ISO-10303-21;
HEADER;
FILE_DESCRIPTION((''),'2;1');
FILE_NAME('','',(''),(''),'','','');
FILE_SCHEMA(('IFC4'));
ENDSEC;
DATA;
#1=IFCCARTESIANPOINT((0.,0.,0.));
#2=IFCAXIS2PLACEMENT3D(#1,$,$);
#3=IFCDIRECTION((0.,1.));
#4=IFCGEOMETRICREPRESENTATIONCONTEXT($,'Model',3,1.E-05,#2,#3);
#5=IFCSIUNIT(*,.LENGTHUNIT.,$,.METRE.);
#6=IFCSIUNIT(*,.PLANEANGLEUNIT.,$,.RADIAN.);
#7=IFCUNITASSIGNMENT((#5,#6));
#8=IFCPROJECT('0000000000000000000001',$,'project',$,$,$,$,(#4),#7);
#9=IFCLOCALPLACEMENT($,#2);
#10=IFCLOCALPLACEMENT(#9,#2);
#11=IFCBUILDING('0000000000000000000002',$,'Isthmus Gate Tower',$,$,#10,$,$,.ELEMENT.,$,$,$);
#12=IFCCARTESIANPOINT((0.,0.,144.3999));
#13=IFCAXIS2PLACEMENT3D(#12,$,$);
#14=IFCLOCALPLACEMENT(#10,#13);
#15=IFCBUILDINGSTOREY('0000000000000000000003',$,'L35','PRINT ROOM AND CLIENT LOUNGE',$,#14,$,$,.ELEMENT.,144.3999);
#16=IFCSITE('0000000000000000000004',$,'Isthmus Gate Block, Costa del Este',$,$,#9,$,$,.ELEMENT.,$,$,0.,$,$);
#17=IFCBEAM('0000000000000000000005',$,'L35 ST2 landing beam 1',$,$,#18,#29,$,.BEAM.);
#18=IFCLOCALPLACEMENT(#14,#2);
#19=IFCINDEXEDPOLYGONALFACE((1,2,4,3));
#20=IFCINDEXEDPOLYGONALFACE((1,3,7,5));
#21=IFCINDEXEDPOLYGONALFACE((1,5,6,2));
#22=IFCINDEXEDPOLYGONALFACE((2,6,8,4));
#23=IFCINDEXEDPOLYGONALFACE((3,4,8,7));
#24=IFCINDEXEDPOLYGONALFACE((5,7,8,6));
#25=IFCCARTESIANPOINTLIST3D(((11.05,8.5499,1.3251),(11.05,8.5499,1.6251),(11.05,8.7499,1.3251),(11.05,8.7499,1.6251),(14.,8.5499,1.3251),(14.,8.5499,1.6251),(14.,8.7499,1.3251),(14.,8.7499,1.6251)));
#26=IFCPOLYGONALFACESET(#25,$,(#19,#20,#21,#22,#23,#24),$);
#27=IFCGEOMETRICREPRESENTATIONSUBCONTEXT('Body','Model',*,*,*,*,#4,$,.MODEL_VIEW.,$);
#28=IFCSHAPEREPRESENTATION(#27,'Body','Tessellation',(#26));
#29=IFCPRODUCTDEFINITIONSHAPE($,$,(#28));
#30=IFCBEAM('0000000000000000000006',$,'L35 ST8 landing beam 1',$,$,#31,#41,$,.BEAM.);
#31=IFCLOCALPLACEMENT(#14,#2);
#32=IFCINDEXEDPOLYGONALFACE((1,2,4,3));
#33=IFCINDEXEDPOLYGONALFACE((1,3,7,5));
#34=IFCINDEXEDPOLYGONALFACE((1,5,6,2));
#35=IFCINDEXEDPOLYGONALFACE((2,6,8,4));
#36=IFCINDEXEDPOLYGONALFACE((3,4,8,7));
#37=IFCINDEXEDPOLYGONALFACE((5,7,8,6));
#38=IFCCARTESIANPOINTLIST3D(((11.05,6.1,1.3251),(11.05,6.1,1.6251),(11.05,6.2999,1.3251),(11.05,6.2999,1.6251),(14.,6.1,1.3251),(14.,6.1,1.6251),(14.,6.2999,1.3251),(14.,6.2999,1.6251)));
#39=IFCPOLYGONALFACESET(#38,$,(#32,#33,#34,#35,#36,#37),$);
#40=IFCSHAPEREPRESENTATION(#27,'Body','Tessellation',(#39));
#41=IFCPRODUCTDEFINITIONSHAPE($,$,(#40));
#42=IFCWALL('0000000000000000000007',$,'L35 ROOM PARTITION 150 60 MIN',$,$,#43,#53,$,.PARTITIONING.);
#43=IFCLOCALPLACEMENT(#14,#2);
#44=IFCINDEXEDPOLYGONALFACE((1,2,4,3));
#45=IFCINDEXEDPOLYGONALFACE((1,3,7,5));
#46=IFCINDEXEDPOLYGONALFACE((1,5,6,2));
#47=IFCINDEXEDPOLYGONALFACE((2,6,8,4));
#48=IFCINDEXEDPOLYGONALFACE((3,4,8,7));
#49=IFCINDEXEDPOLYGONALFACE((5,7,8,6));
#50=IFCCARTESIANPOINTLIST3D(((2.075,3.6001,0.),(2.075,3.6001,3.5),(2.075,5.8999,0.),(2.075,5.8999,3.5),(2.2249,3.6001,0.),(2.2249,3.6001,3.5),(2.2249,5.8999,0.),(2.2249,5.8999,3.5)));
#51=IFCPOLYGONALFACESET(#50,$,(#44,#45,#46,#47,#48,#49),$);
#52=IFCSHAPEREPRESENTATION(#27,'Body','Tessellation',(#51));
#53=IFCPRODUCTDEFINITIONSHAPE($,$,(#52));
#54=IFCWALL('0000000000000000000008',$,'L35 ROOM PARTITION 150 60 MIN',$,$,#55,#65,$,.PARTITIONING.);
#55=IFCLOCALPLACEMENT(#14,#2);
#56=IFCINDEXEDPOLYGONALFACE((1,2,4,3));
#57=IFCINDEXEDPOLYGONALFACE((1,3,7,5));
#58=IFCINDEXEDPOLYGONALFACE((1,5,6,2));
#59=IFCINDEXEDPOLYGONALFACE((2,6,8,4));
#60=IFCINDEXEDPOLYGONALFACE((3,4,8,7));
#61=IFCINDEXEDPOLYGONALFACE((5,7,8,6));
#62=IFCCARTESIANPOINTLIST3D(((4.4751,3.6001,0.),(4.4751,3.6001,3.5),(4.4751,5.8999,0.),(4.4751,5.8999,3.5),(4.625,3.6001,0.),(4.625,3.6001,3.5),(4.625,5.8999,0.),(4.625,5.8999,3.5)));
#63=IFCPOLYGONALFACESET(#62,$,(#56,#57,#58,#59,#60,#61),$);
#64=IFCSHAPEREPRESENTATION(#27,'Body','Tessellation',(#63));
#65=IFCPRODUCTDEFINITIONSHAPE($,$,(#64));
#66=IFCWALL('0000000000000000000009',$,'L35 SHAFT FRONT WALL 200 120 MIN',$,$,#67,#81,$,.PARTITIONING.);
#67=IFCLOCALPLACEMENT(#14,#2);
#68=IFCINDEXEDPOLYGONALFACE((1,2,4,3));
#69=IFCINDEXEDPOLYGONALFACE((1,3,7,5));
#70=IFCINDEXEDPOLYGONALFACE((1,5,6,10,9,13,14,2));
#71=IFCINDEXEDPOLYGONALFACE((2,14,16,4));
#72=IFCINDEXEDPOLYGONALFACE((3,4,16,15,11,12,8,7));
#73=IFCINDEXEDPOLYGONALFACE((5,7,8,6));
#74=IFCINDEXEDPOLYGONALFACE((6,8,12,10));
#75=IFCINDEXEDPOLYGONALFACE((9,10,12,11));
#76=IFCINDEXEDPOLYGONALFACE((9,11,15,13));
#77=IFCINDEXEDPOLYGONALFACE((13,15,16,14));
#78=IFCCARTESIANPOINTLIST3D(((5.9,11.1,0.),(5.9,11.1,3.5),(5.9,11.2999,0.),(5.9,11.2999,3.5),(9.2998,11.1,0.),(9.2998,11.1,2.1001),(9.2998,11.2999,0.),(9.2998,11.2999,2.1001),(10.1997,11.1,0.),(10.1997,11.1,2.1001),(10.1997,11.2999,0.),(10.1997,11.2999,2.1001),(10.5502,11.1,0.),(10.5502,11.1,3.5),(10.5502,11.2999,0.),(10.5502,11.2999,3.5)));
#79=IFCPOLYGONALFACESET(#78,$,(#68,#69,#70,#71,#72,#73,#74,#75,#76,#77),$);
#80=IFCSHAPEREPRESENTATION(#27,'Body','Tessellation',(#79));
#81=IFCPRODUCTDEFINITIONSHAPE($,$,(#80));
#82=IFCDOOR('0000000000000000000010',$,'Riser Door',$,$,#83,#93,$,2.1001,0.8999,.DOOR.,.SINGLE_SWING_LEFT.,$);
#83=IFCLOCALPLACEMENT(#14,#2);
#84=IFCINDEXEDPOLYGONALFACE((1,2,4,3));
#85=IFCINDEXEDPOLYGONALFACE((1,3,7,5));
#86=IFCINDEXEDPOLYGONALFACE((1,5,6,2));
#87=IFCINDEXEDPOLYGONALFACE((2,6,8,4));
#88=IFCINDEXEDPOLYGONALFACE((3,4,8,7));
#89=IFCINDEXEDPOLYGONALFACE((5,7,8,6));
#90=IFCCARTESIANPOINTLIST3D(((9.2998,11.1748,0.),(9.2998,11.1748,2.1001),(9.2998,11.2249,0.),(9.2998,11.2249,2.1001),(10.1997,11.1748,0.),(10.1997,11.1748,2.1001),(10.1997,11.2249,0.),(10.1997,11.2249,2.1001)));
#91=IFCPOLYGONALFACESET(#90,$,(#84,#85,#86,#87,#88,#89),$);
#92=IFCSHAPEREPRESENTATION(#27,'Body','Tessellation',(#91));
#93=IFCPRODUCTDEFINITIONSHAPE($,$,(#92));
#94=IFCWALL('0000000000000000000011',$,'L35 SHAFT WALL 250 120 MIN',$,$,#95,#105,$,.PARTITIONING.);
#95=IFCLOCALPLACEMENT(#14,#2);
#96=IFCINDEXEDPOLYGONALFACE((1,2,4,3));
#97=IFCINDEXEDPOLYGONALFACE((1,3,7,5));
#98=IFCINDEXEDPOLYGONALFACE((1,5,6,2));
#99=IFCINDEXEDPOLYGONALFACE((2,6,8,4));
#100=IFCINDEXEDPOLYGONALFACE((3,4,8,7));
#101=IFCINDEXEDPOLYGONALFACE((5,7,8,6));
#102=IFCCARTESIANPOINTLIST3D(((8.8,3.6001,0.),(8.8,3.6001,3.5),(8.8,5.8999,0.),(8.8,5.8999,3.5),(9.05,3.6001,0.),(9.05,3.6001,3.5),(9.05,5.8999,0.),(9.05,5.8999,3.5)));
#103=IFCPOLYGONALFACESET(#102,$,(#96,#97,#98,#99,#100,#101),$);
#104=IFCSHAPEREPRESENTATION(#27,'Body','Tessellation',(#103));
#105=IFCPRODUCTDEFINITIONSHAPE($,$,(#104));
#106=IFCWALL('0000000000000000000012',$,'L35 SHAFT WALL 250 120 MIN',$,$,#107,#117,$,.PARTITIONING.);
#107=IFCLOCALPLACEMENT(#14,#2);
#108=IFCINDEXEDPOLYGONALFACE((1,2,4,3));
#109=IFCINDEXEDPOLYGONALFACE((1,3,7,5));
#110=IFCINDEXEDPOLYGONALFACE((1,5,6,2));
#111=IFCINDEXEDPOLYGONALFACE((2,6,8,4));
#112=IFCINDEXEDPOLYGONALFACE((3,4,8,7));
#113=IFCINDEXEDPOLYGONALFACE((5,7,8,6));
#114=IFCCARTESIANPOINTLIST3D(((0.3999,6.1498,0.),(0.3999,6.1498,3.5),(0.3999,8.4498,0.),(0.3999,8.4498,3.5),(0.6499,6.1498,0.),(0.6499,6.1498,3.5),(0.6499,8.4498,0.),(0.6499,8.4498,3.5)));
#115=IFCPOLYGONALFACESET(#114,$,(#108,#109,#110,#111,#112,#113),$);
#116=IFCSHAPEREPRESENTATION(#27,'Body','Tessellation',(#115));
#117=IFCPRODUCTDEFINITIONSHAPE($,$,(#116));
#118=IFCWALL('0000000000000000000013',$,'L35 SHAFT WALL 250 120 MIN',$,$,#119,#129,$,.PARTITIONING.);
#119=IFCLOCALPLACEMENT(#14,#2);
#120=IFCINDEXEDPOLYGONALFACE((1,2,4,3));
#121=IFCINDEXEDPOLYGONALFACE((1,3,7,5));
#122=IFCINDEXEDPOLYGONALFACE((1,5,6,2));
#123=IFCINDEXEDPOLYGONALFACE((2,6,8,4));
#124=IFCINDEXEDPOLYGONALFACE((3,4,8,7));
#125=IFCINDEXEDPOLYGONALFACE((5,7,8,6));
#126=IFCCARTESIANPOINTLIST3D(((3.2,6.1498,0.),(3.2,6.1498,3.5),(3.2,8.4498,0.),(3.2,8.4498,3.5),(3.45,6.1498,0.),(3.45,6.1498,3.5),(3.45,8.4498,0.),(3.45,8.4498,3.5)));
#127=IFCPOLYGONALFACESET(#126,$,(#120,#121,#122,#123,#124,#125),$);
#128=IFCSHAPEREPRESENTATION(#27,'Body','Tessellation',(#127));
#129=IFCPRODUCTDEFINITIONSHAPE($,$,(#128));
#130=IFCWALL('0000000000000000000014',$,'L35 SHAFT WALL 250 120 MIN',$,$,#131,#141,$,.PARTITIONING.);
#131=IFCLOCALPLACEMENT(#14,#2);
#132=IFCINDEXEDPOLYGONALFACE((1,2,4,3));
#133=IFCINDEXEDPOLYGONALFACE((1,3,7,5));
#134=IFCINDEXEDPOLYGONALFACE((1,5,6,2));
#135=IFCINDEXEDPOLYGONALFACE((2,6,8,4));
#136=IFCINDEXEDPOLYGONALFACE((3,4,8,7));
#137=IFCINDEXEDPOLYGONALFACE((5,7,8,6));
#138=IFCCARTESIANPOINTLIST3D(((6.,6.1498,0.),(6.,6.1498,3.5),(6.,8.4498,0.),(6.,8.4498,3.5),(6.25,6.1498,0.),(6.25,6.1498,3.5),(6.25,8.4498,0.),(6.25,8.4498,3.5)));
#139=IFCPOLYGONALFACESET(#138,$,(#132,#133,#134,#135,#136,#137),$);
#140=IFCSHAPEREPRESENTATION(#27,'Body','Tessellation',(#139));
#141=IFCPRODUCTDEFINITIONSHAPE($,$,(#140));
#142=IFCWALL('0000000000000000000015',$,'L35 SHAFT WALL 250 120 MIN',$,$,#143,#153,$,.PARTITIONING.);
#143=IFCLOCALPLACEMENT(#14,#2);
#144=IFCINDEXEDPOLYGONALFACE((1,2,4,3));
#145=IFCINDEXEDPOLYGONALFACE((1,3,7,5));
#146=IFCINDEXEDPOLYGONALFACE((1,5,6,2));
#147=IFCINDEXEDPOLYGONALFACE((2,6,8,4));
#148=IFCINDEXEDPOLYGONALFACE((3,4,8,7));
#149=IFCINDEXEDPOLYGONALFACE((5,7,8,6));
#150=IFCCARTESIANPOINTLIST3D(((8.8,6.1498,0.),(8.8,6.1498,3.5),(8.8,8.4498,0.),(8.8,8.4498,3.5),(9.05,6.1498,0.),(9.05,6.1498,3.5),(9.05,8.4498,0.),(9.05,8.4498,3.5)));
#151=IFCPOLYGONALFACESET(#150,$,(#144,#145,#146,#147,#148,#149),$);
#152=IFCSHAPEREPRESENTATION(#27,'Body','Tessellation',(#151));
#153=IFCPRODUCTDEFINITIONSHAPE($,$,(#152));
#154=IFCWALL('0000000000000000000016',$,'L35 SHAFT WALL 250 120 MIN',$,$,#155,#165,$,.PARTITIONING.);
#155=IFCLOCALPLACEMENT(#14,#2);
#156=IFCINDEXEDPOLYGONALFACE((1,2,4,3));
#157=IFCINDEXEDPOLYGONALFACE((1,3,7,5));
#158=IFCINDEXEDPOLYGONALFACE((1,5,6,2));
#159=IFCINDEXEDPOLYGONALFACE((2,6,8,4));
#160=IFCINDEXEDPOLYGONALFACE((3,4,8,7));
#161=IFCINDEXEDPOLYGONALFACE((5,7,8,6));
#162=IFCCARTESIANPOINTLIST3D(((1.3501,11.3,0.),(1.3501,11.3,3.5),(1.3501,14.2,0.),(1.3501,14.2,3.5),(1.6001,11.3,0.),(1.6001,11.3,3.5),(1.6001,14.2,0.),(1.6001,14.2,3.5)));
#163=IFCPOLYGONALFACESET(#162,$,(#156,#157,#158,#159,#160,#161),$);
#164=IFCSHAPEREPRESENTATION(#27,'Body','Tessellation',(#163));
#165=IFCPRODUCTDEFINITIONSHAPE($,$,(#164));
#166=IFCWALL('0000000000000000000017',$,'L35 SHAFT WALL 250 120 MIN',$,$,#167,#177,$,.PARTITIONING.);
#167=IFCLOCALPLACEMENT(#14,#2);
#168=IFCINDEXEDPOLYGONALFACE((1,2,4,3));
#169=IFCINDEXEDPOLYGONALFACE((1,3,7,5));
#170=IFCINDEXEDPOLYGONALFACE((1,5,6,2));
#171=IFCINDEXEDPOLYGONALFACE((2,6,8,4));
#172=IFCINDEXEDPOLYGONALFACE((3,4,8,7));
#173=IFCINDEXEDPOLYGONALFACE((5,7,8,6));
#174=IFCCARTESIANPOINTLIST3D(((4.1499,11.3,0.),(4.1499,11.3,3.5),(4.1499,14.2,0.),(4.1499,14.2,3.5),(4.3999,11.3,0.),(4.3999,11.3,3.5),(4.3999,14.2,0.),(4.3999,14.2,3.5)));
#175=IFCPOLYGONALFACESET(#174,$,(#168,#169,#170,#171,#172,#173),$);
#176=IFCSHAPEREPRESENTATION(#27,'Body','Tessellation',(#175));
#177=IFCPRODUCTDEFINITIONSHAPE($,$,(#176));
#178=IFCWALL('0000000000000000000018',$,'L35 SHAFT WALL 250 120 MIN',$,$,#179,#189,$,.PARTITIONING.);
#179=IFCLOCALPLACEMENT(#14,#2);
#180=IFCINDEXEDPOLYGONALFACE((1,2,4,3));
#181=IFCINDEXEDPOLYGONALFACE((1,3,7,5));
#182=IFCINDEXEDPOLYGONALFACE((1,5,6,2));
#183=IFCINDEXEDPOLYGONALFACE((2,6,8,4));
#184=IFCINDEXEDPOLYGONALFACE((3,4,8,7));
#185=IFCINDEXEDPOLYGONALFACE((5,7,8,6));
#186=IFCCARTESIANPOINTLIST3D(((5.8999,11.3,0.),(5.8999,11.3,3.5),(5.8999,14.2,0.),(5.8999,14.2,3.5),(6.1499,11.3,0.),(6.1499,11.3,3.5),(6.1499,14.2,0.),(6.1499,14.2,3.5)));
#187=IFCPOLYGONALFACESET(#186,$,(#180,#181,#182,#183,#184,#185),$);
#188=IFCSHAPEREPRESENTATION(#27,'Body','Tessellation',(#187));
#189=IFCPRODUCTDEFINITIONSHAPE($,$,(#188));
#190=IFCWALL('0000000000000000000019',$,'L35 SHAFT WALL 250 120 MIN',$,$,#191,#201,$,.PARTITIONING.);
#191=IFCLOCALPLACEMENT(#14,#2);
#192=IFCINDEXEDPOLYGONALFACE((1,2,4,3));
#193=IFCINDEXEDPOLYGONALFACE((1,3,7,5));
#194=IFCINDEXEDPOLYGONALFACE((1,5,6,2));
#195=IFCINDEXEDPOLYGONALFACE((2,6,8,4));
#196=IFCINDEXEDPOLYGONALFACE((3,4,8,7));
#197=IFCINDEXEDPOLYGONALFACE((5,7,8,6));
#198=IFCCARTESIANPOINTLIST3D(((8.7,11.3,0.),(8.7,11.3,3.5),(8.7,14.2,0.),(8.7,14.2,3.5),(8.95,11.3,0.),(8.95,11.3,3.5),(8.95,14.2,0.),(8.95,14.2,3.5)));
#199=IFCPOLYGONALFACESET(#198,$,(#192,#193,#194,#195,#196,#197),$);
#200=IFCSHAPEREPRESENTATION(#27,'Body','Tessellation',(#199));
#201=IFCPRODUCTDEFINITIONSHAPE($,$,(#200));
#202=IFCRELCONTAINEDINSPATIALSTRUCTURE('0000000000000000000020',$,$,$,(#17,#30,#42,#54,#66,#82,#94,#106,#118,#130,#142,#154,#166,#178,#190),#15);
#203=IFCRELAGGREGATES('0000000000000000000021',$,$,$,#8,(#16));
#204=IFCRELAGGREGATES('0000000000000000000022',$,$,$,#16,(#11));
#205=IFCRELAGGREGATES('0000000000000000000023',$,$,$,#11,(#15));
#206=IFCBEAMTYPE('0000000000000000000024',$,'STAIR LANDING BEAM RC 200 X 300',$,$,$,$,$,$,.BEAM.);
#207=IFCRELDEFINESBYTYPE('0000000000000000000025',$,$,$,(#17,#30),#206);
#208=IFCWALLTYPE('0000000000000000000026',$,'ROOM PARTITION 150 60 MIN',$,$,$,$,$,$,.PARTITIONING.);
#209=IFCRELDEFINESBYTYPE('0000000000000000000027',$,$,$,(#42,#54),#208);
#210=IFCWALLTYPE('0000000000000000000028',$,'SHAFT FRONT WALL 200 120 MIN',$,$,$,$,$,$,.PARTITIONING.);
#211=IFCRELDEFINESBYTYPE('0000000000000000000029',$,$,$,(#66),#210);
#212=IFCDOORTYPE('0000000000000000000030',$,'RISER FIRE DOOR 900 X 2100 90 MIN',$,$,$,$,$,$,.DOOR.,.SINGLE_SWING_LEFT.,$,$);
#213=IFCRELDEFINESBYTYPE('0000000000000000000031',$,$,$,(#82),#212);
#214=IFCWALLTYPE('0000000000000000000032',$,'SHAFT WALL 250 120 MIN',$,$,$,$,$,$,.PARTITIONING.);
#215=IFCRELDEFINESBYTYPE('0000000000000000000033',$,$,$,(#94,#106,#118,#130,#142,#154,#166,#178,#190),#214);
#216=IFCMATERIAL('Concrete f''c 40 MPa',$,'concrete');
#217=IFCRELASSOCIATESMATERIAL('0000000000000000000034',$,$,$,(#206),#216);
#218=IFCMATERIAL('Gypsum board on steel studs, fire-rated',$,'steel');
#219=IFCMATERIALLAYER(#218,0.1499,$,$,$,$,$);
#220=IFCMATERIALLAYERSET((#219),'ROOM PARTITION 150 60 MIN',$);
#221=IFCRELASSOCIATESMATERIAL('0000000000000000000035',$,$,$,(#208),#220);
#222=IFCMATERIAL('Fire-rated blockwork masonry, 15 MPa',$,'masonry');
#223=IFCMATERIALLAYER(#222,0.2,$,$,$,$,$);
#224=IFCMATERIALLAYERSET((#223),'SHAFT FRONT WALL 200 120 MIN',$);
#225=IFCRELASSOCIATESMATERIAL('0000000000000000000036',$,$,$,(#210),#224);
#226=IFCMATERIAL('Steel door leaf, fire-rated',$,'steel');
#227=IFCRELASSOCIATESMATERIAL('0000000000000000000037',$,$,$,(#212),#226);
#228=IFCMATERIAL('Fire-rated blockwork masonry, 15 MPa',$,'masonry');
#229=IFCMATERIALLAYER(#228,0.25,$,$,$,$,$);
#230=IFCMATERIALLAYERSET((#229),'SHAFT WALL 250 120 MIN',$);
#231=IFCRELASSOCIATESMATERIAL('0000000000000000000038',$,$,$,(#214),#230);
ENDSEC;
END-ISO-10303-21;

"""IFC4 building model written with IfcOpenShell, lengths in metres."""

from ifc_helpers import new_model, si_unit, direction, frame, frame_2d, origin, origin_2d, place, context, subcontext, project, spatial, rectangle, extrude, material, layer, layer_set, material_profile, profile_set, type_object, element, fill, save


model = new_model("IFC4")

# Units and contexts
model_context = context("Model", 3, precision=1e-05, world=origin(), true_north=direction((0.0, 1.0)))
body_context = subcontext(model_context, "Body", "Model", "MODEL_VIEW")
ifc_project = project(units=[si_unit("LENGTHUNIT", "METRE"), si_unit("PLANEANGLEUNIT", "RADIAN")], contexts=[model_context])

# Site, building, storey
site_placement = place(None, origin())
site = spatial("IfcSite", under=ifc_project, at=site_placement, Name="Isthmus Gate Block, Costa del Este", CompositionType="ELEMENT", RefElevation=0.0)
building_placement = place(site_placement, origin())
building = spatial("IfcBuilding", under=site, at=building_placement, Name="Isthmus Gate Tower", CompositionType="ELEMENT")
storey_placement = place(building_placement, frame((0.0, 0.0, 144.3999)))
storey = spatial("IfcBuildingStorey", under=building, at=storey_placement, Name="L35", Description="PRINT ROOM AND CLIENT LOUNGE", CompositionType="ELEMENT", Elevation=144.3999)

# Beams
ifc_material_1 = material(Name="Concrete f'c 40 MPa", Category="concrete")
ifc_material_profile = material_profile(ifc_material_1, rectangle(XDim=0.2, YDim=0.3, at=origin_2d()), Name="STAIR LANDING BEAM RC 200 X 300")
ifc_profile_set = profile_set([ifc_material_profile], Name="Concrete f'c 40 MPa")
beam_type = type_object("IfcBeamType", Name="STAIR LANDING BEAM RC 200 X 300", PredefinedType="BEAM", material=ifc_profile_set)
for number, where, z_axis, x_axis, name in (
    (1, (11.05, 8.6499, 1.4751), (1.0, 0.0, 0.0), (0.0, 1.0, 0.0), "L35 ST2 landing beam 1"),
    (2, (11.05, 6.2, 1.4751), (1.0, 0.0, 0.0), (0.0, 1.0, 0.0), "L35 ST8 landing beam 1"),
):
    element("IfcBeam", number, at=place(storey_placement, frame(where, z_axis=z_axis, x_axis=x_axis)), inside=storey, type_object=beam_type, Name=name, PredefinedType="BEAM", context=body_context, shape_type="SweptSolid", body=[
        extrude(rectangle(XDim=0.2, YDim=0.3, at=origin_2d()), origin(), (0.0, 0.0, 1.0), 2.95),
    ])

# Walls
ifc_material_2 = material(Name="Gypsum board on steel studs, fire-rated", Category="steel")
ifc_layer_1 = layer(ifc_material_2, 0.1499)
ifc_layer_set_1 = layer_set([ifc_layer_1], Name="ROOM PARTITION 150 60 MIN")
wall_type_1 = type_object("IfcWallType", Name="ROOM PARTITION 150 60 MIN", PredefinedType="PARTITIONING", material=ifc_layer_set_1)
for number, where, z_axis, x_axis, name in (
    (3, (2.1499, 3.6001, 0.0), (0.0, 0.0, 1.0), (0.0, 1.0, 0.0), "L35 ROOM PARTITION 150 60 MIN"),
    (4, (4.55, 3.6001, 0.0), (0.0, 0.0, 1.0), (0.0, 1.0, 0.0), "L35 ROOM PARTITION 150 60 MIN"),
):
    element("IfcWall", number, at=place(storey_placement, frame(where, z_axis=z_axis, x_axis=x_axis)), inside=storey, type_object=wall_type_1, Name=name, PredefinedType="PARTITIONING", context=body_context, shape_type="SweptSolid", body=[
        extrude(rectangle(XDim=2.2998, YDim=0.1499, at=frame_2d((1.1499, 0.0))), origin(), (0.0, 0.0, 1.0), 3.5),
    ])

# Wall, opening, door
ifc_material_3 = material(Name="Fire-rated blockwork masonry, 15 MPa", Category="masonry")
ifc_layer_2 = layer(ifc_material_3, 0.2)
ifc_layer_set_2 = layer_set([ifc_layer_2], Name="SHAFT FRONT WALL 200 120 MIN")
wall_type_2 = type_object("IfcWallType", Name="SHAFT FRONT WALL 200 120 MIN", PredefinedType="PARTITIONING", material=ifc_layer_set_2)
wall_1_placement = place(storey_placement, frame((5.8999, 11.2, 0.0), z_axis=(0.0, 0.0, 1.0), x_axis=(1.0, 0.0, 0.0)))
wall_1 = element("IfcWall", 5, at=wall_1_placement, inside=storey, type_object=wall_type_2, Name="L35 SHAFT FRONT WALL 200 120 MIN", PredefinedType="PARTITIONING", context=body_context, shape_type="SweptSolid", body=[
    extrude(rectangle(XDim=4.6501, YDim=0.2, at=frame_2d((2.3252, 0.0))), origin(), (0.0, 0.0, 1.0), 3.5),
])
opening_placement = place(wall_1_placement, frame((3.3999, 0.0, 0.0)))
opening = element("IfcOpeningElement", 6, at=opening_placement, cuts=wall_1, PredefinedType="OPENING", context=body_context, shape_type="SweptSolid", body=[
    extrude(rectangle(XDim=0.8999, YDim=2.1001, at=frame_2d((0.45, 1.05))), frame((0.0, 0.1099, 0.0), z_axis=(0.0, -1.0, 0.0), x_axis=(1.0, 0.0, 0.0)), (0.0, 0.0, 1.0), 0.22),
])
ifc_material_4 = material(Name="Steel door leaf, fire-rated", Category="steel")
door_type = type_object("IfcDoorType", Name="RISER FIRE DOOR 900 X 2100 90 MIN", OperationType="SINGLE_SWING_LEFT", PredefinedType="DOOR", material=ifc_material_4)
door_placement = place(opening_placement, origin())
door = element("IfcDoor", 7, at=door_placement, inside=storey, type_object=door_type, Name="Riser Door", OperationType="SINGLE_SWING_LEFT", OverallHeight=2.1001, OverallWidth=0.8999, PredefinedType="DOOR", context=body_context, shape_type="SweptSolid", body=[
    extrude(rectangle(XDim=0.8999, YDim=2.1001, at=frame_2d((0.45, 1.05))), frame((0.0, 0.0249, 0.0), z_axis=(0.0, -1.0, 0.0), x_axis=(1.0, 0.0, 0.0)), (0.0, 0.0, 1.0), 0.05),
])
fill(opening, door)

# Walls
ifc_material_5 = material(Name="Fire-rated blockwork masonry, 15 MPa", Category="masonry")
ifc_layer_3 = layer(ifc_material_5, 0.25)
ifc_layer_set_3 = layer_set([ifc_layer_3], Name="SHAFT WALL 250 120 MIN")
wall_type_3 = type_object("IfcWallType", Name="SHAFT WALL 250 120 MIN", PredefinedType="PARTITIONING", material=ifc_layer_set_3)
wall_2_placement = place(storey_placement, frame((8.925, 3.6001, 0.0), z_axis=(0.0, 0.0, 1.0), x_axis=(0.0, 1.0, 0.0)))
element("IfcWall", 8, at=wall_2_placement, inside=storey, type_object=wall_type_3, Name="L35 SHAFT WALL 250 120 MIN", PredefinedType="PARTITIONING", context=body_context, shape_type="SweptSolid", body=[
    extrude(rectangle(XDim=2.2998, YDim=0.25, at=frame_2d((1.1499, 0.0))), origin(), (0.0, 0.0, 1.0), 3.5),
])
for number, where, z_axis, x_axis, name in (
    (9, (0.5249, 6.1499, 0.0), (0.0, 0.0, 1.0), (0.0, 1.0, 0.0), "L35 SHAFT WALL 250 120 MIN"),
    (10, (3.325, 6.1499, 0.0), (0.0, 0.0, 1.0), (0.0, 1.0, 0.0), "L35 SHAFT WALL 250 120 MIN"),
    (11, (6.125, 6.1499, 0.0), (0.0, 0.0, 1.0), (0.0, 1.0, 0.0), "L35 SHAFT WALL 250 120 MIN"),
    (12, (8.925, 6.1499, 0.0), (0.0, 0.0, 1.0), (0.0, 1.0, 0.0), "L35 SHAFT WALL 250 120 MIN"),
):
    element("IfcWall", number, at=place(storey_placement, frame(where, z_axis=z_axis, x_axis=x_axis)), inside=storey, type_object=wall_type_3, Name=name, PredefinedType="PARTITIONING", context=body_context, shape_type="SweptSolid", body=[
        extrude(rectangle(XDim=2.3, YDim=0.25, at=frame_2d((1.1499, 0.0))), origin(), (0.0, 0.0, 1.0), 3.5),
    ])
for number, where, z_axis, x_axis, name in (
    (13, (1.4751, 11.3, 0.0), (0.0, 0.0, 1.0), (0.0, 1.0, 0.0), "L35 SHAFT WALL 250 120 MIN"),
    (14, (4.2749, 11.3, 0.0), (0.0, 0.0, 1.0), (0.0, 1.0, 0.0), "L35 SHAFT WALL 250 120 MIN"),
    (15, (6.0249, 11.3, 0.0), (0.0, 0.0, 1.0), (0.0, 1.0, 0.0), "L35 SHAFT WALL 250 120 MIN"),
    (16, (8.825, 11.3, 0.0), (0.0, 0.0, 1.0), (0.0, 1.0, 0.0), "L35 SHAFT WALL 250 120 MIN"),
):
    element("IfcWall", number, at=place(storey_placement, frame(where, z_axis=z_axis, x_axis=x_axis)), inside=storey, type_object=wall_type_3, Name=name, PredefinedType="PARTITIONING", context=body_context, shape_type="SweptSolid", body=[
        extrude(rectangle(XDim=2.8999, YDim=0.25, at=frame_2d((1.45, 0.0))), origin(), (0.0, 0.0, 1.0), 3.5),
    ])

save(model, "model.ifc")
